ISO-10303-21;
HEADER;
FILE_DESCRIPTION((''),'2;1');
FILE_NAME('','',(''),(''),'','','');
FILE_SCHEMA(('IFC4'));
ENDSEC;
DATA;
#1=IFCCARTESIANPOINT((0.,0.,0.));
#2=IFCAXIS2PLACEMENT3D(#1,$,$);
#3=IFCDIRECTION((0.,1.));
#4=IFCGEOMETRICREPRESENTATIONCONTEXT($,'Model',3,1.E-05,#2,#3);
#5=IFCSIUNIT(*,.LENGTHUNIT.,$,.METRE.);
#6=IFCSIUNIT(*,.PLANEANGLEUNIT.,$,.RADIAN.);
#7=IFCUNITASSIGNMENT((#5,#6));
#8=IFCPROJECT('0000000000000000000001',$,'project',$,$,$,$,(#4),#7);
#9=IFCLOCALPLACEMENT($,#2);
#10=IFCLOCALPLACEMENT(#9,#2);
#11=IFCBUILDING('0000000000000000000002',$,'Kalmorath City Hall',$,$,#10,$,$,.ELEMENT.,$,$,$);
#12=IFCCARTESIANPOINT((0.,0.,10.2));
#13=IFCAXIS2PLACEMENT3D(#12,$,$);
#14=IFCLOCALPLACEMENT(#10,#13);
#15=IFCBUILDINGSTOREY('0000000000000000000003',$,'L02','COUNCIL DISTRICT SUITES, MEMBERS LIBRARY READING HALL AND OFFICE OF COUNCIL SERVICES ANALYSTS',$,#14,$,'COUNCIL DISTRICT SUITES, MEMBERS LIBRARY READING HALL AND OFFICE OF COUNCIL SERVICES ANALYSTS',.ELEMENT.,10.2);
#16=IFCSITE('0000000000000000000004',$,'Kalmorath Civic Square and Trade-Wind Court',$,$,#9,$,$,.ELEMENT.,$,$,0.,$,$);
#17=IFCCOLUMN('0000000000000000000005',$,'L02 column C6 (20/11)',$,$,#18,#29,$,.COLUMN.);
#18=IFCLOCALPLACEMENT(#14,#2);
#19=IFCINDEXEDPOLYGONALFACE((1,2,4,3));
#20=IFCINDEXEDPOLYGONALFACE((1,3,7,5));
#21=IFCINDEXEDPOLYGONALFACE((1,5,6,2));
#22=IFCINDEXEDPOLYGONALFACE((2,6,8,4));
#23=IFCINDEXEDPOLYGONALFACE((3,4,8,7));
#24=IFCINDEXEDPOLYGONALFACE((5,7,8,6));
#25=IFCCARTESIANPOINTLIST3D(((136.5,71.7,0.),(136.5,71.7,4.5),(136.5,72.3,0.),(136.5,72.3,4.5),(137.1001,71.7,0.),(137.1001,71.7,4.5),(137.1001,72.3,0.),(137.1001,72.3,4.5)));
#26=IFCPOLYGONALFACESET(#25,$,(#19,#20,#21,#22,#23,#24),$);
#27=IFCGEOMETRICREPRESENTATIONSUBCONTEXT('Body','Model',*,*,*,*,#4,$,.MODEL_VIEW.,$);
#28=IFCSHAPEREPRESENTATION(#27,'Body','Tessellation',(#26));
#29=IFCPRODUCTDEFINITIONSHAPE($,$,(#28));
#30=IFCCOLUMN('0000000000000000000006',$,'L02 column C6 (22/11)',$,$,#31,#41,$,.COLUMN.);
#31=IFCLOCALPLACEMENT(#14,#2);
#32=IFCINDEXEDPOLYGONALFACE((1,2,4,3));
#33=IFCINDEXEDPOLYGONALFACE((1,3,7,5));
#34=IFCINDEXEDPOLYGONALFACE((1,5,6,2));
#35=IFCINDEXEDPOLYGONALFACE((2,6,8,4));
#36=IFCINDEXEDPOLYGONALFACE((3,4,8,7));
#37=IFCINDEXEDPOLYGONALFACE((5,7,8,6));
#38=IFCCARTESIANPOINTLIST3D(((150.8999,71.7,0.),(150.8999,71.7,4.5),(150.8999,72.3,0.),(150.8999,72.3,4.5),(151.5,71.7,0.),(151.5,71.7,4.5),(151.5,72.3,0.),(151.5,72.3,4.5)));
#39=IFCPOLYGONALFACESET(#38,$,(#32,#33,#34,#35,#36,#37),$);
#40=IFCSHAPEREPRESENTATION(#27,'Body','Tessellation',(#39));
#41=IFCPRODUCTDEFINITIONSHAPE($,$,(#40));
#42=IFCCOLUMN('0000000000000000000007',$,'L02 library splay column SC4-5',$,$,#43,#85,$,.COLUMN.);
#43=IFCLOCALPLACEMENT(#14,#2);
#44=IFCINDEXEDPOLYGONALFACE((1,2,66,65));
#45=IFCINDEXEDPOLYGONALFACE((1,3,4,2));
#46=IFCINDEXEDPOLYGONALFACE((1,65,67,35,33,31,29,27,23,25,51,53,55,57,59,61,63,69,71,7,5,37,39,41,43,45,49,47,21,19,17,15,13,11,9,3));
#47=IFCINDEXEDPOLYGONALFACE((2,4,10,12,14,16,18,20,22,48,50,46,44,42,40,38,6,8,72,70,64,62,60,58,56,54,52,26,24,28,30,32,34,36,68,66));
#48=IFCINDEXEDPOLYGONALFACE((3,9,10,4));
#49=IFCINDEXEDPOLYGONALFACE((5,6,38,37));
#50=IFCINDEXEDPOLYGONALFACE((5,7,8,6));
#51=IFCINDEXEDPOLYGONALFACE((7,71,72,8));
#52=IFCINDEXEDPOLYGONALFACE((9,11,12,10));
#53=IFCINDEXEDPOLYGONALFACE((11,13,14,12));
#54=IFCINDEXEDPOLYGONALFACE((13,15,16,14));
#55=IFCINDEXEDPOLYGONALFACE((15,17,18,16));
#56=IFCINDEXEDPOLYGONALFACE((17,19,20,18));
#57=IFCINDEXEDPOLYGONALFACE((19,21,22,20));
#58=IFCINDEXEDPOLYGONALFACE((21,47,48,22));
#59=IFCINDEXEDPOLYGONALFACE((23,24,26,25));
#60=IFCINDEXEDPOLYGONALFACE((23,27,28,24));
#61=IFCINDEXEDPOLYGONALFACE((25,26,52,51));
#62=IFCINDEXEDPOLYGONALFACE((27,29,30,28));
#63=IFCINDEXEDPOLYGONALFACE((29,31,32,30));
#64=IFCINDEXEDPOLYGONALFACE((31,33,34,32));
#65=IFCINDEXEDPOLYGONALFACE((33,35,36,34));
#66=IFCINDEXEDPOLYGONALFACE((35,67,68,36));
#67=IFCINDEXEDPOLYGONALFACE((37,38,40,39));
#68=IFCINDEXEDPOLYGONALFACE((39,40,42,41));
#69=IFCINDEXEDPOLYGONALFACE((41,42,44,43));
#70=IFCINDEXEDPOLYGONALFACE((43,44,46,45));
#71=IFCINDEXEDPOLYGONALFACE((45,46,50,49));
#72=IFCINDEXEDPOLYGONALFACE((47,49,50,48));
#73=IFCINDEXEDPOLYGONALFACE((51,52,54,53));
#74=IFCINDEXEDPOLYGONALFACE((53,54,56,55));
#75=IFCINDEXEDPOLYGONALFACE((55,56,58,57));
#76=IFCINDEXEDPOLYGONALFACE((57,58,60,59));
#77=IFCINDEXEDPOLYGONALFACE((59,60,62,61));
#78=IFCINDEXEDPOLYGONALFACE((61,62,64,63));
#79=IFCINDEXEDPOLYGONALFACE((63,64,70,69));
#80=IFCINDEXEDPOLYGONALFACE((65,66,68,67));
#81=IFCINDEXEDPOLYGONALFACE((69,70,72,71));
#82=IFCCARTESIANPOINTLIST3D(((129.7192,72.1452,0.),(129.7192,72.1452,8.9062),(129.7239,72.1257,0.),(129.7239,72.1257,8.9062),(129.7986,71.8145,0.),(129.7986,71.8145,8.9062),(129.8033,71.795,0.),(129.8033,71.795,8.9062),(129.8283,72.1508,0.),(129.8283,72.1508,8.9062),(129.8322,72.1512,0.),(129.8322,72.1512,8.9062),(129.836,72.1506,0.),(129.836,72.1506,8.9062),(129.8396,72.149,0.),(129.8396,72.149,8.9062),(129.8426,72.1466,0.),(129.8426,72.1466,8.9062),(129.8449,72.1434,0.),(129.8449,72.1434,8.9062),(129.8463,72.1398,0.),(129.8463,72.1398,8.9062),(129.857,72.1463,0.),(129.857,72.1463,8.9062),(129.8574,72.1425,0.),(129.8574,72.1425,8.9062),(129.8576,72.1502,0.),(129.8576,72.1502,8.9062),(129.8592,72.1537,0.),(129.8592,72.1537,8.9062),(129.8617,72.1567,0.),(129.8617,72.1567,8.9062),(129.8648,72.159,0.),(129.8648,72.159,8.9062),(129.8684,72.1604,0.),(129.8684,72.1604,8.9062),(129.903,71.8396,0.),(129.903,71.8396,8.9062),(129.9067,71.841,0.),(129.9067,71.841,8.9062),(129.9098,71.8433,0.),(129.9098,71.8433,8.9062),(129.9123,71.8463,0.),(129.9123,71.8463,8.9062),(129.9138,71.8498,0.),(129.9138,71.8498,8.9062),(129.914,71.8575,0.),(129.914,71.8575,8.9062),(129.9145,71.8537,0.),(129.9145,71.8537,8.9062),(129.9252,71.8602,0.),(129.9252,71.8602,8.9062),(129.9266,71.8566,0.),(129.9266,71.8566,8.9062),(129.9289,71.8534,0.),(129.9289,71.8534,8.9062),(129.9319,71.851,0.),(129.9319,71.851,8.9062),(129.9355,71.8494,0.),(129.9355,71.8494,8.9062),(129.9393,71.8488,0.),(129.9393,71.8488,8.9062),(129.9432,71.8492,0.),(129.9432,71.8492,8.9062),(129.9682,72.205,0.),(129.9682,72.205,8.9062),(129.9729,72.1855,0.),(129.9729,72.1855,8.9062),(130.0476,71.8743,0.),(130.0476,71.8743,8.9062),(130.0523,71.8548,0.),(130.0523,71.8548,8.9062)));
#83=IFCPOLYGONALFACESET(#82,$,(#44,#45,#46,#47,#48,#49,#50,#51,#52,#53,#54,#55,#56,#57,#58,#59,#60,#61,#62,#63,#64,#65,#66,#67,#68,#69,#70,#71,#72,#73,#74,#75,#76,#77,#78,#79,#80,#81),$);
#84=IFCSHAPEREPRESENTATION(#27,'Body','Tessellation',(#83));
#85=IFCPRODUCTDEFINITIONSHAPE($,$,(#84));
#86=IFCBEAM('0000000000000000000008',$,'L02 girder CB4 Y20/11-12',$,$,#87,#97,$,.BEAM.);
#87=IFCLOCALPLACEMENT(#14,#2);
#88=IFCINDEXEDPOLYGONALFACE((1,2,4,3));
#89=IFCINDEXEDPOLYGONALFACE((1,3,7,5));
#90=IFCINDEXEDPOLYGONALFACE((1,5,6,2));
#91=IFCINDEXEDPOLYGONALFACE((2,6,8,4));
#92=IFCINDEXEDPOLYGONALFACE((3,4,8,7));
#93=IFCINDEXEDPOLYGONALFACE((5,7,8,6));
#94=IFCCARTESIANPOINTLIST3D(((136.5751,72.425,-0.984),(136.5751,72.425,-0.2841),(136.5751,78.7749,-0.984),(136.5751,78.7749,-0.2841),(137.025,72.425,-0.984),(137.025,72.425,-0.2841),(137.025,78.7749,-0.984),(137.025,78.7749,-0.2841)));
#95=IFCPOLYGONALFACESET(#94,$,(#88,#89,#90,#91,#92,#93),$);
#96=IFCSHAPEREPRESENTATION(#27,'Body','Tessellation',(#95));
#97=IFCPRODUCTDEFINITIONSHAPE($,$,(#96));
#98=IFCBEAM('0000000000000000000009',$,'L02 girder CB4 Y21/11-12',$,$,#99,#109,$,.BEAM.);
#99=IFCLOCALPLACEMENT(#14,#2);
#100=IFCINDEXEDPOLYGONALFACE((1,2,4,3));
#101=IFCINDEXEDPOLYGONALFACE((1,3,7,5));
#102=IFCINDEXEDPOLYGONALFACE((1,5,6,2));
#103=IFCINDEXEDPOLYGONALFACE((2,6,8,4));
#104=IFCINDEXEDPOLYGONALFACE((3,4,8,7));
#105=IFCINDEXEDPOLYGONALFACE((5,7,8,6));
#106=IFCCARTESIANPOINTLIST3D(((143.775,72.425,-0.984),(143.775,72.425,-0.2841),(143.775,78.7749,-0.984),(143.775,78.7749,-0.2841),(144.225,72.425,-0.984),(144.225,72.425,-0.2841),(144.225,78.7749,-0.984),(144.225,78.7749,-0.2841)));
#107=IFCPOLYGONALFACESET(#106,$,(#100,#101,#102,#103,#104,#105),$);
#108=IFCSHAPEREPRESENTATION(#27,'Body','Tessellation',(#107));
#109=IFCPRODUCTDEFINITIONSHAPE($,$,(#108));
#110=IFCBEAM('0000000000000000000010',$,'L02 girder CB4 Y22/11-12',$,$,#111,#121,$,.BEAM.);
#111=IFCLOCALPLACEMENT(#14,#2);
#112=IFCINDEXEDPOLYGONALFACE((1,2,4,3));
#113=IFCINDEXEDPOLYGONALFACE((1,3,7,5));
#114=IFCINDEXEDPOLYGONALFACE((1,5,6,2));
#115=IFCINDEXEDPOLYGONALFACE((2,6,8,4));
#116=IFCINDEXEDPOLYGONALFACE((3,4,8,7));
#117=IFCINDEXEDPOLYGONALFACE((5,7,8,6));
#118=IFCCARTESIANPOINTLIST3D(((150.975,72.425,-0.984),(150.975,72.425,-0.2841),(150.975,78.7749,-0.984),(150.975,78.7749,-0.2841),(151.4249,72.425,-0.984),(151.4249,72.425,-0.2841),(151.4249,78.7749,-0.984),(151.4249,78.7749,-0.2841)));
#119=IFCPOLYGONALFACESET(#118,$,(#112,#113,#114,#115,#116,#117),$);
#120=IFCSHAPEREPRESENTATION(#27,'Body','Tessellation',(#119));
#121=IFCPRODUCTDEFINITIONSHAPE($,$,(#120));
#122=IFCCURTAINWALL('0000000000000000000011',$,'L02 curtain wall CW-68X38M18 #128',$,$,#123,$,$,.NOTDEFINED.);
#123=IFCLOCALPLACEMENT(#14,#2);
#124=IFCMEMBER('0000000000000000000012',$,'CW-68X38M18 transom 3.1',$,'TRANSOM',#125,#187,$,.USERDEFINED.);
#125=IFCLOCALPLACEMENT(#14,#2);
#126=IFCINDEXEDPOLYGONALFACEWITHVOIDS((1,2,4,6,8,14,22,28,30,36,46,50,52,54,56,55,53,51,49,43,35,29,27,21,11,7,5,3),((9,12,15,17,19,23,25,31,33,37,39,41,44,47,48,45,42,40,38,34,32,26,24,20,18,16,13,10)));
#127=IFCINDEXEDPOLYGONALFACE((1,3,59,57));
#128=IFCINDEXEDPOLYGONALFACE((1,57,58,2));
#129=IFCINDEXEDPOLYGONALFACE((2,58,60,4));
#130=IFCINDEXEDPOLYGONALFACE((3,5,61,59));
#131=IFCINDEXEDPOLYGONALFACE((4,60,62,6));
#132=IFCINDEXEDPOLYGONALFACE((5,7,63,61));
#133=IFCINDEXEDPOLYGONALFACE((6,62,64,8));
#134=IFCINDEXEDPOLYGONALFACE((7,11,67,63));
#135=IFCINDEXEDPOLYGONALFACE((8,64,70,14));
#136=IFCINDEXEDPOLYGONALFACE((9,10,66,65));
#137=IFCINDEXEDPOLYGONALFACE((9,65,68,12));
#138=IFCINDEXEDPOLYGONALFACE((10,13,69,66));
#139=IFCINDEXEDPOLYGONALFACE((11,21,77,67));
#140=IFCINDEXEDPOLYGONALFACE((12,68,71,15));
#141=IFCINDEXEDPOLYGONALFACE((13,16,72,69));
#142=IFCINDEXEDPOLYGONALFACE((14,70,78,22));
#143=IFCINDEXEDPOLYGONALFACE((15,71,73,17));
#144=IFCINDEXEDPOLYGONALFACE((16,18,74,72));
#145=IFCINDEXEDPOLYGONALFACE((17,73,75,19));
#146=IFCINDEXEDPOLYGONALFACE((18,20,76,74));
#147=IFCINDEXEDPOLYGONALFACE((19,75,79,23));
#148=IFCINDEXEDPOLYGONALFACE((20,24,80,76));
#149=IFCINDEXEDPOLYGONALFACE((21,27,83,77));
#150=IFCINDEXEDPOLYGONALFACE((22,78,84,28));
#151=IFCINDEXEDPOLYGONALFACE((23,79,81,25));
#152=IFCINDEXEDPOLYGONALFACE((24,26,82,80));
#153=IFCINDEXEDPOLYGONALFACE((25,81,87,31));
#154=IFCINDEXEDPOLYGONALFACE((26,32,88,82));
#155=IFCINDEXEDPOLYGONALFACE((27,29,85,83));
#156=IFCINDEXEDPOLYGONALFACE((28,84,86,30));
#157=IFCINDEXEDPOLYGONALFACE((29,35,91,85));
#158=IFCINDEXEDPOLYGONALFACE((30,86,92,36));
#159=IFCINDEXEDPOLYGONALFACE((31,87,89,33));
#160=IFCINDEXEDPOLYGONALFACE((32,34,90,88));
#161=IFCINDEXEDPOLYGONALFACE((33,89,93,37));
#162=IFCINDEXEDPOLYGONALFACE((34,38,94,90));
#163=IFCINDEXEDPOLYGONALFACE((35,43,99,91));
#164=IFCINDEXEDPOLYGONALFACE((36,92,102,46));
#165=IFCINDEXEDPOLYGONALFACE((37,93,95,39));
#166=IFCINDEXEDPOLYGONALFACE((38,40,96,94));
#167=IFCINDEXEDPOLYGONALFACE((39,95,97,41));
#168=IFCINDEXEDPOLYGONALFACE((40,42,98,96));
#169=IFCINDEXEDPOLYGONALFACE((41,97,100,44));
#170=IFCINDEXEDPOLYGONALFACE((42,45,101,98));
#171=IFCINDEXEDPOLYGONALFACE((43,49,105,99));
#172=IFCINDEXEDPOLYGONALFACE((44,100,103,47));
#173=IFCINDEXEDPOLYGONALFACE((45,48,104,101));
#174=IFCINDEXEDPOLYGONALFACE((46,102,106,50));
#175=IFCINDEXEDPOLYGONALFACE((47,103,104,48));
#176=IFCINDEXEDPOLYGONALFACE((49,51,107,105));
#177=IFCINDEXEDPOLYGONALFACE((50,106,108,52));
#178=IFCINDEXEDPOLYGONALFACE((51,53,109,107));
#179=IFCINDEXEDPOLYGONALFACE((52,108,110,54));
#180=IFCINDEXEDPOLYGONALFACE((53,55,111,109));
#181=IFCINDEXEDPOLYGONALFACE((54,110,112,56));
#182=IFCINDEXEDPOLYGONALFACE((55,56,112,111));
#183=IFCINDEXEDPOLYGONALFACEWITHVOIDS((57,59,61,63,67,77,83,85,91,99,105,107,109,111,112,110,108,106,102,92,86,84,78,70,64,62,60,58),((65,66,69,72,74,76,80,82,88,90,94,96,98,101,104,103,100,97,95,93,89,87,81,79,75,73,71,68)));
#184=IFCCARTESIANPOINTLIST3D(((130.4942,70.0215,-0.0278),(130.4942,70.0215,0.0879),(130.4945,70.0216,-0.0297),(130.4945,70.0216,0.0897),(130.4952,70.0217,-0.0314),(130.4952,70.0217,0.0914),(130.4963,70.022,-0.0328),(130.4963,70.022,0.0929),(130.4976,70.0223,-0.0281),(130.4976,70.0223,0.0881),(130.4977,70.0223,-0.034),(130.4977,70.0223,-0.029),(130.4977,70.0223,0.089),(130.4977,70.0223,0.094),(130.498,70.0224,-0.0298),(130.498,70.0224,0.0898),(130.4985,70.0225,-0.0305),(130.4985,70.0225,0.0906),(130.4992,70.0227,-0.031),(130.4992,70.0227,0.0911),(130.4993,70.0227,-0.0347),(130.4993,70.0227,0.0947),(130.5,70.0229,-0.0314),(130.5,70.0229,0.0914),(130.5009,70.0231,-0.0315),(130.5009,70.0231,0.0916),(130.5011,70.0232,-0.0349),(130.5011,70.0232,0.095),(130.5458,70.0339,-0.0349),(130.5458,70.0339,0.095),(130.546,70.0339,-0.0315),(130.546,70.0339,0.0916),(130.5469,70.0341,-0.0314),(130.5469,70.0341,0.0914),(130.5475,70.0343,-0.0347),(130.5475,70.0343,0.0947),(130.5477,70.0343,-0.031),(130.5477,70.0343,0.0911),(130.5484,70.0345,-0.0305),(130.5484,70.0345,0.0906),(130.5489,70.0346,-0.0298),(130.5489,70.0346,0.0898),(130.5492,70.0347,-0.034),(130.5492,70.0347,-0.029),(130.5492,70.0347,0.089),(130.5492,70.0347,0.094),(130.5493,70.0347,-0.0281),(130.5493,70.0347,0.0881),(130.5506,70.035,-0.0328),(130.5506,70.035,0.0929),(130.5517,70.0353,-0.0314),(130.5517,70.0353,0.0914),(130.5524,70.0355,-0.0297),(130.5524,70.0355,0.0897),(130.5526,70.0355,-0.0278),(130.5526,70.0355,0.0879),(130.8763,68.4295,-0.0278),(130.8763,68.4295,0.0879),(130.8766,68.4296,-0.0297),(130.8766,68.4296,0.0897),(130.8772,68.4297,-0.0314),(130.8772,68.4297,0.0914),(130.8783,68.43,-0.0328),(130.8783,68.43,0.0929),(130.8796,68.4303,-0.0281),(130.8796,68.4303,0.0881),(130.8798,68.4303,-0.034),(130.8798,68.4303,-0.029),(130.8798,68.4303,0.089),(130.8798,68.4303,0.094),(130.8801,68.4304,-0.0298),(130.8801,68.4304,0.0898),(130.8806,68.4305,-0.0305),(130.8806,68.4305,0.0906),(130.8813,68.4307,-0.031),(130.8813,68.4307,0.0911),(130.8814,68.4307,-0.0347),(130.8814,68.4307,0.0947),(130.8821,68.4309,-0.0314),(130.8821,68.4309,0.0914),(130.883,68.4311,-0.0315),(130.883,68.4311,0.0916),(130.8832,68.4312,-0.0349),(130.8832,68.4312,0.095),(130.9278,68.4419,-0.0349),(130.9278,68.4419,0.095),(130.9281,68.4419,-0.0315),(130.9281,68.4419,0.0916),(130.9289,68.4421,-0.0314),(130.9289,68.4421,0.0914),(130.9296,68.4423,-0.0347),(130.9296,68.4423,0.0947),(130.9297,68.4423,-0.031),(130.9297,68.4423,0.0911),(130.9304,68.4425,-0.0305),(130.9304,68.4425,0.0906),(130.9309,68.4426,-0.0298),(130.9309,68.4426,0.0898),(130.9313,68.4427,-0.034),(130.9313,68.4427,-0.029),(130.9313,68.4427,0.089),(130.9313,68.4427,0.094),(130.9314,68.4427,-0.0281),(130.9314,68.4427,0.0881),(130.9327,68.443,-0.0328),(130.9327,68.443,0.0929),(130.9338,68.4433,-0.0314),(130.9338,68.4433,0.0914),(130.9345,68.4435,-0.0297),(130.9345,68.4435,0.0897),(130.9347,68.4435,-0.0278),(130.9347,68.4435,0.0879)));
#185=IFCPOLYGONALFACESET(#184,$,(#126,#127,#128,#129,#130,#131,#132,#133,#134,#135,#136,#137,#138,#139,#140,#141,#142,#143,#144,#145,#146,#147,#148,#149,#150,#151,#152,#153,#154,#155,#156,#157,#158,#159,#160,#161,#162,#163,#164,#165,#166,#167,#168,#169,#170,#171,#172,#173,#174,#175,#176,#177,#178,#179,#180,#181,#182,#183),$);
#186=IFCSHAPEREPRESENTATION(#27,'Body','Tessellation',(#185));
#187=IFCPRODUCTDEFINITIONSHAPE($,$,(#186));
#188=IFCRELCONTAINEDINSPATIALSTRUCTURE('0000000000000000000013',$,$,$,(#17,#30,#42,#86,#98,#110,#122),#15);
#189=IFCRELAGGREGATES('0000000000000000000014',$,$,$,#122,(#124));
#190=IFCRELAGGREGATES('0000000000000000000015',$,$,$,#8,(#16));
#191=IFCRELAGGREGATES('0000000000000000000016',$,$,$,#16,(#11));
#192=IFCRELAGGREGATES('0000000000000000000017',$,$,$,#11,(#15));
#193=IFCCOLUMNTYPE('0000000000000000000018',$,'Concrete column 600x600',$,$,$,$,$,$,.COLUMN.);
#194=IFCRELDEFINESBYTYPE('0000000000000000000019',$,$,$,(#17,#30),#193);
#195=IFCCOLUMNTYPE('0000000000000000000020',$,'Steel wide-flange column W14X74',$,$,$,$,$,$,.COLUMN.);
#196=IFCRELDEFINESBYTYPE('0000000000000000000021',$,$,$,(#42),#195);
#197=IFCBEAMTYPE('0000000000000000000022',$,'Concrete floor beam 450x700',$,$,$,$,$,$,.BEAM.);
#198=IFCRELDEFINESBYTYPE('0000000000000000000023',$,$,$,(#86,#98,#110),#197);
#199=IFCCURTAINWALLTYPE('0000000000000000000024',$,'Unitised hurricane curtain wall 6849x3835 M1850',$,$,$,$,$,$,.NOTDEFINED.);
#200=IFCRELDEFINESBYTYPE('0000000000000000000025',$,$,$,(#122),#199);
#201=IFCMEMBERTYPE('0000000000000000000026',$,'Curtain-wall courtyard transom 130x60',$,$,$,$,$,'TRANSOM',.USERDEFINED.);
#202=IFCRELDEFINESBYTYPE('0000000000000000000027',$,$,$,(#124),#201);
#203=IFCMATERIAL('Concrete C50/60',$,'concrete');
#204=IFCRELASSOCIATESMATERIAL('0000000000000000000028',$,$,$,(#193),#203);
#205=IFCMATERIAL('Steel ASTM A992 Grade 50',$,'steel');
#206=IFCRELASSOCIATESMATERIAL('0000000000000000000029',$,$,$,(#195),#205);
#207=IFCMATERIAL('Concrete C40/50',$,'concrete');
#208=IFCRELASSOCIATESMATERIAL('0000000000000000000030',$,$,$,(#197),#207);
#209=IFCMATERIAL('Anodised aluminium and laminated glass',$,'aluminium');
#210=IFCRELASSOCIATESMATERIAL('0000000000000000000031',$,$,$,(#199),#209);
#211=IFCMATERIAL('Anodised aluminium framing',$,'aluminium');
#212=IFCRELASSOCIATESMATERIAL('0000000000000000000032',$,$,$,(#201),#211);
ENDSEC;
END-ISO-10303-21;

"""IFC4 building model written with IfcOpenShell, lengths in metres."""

from ifc_helpers import new_model, si_unit, direction, frame, origin, origin_2d, place, context, subcontext, project, spatial, rectangle, hollow_rectangle, i_section, extrude, material, material_profile, profile_set, type_object, element, aggregate, save


model = new_model("IFC4")

# Units and contexts
model_context = context("Model", 3, precision=1e-05, world=origin(), true_north=direction((0.0, 1.0)))
body_context = subcontext(model_context, "Body", "Model", "MODEL_VIEW")
ifc_project = project(units=[si_unit("LENGTHUNIT", "METRE"), si_unit("PLANEANGLEUNIT", "RADIAN")], contexts=[model_context])

# Site, building, storey
site_placement = place(None, origin())
site = spatial("IfcSite", under=ifc_project, at=site_placement, Name="Kalmorath Civic Square and Trade-Wind Court", CompositionType="ELEMENT", RefElevation=0.0)
building_placement = place(site_placement, origin())
building = spatial("IfcBuilding", under=site, at=building_placement, Name="Kalmorath City Hall", CompositionType="ELEMENT")
storey_placement = place(building_placement, frame((0.0, 0.0, 10.2)))
storey = spatial("IfcBuildingStorey", under=building, at=storey_placement, Name="L02", Description="COUNCIL DISTRICT SUITES, MEMBERS LIBRARY READING HALL AND OFFICE OF COUNCIL SERVICES ANALYSTS", LongName="COUNCIL DISTRICT SUITES, MEMBERS LIBRARY READING HALL AND OFFICE OF COUNCIL SERVICES ANALYSTS", CompositionType="ELEMENT", Elevation=10.2)

# Columns
ifc_material_1 = material(Name="Concrete C50/60", Category="concrete")
ifc_material_profile_1 = material_profile(ifc_material_1, rectangle(XDim=0.6001, YDim=0.6001, at=origin_2d()), Name="RC-COL-600X600")
ifc_profile_set_1 = profile_set([ifc_material_profile_1], Name="Concrete C50/60")
column_type_1 = type_object("IfcColumnType", Name="Concrete column 600x600", PredefinedType="COLUMN", material=ifc_profile_set_1)
for number, where, z_axis, x_axis, name in (
    (1, (136.8, 72.0, 0.0), (0.0, 0.0, 1.0), (1.0, 0.0, 0.0), "L02 column C6 (20/11)"),
    (2, (151.2, 72.0, 0.0), (0.0, 0.0, 1.0), (1.0, 0.0, 0.0), "L02 column C6 (22/11)"),
):
    element("IfcColumn", number, at=place(storey_placement, frame(where, z_axis=z_axis, x_axis=x_axis)), inside=storey, type_object=column_type_1, Name=name, PredefinedType="COLUMN", context=body_context, shape_type="SweptSolid", body=[
        extrude(rectangle(XDim=0.6001, YDim=0.6001, at=origin_2d()), origin(), (0.0, 0.0, 1.0), 4.5),
    ])
ifc_material_2 = material(Name="Steel ASTM A992 Grade 50", Category="steel")
ifc_material_profile_2 = material_profile(ifc_material_2, i_section(OverallWidth=0.2561, OverallDepth=0.3601, WebThickness=0.0115, FlangeThickness=0.02, FilletRadius=0.0149, at=origin_2d()), Name="W14X74")
ifc_profile_set_2 = profile_set([ifc_material_profile_2], Name="Steel ASTM A992 Grade 50")
column_type_2 = type_object("IfcColumnType", Name="Steel wide-flange column W14X74", PredefinedType="COLUMN", material=ifc_profile_set_2)
column_placement = place(storey_placement, frame((129.8857, 72.0, 0.0), z_axis=(0.0, 0.0, 1.0), x_axis=(0.97237, 0.233445, 0.0)))
element("IfcColumn", 3, at=column_placement, inside=storey, type_object=column_type_2, Name="L02 library splay column SC4-5", PredefinedType="COLUMN", context=body_context, shape_type="SweptSolid", body=[
    extrude(i_section(OverallWidth=0.2561, OverallDepth=0.3601, WebThickness=0.0115, FlangeThickness=0.02, FilletRadius=0.0149, at=origin_2d()), origin(), (0.0, 0.0, 1.0), 8.9062),
])

# Beams
ifc_material_3 = material(Name="Concrete C40/50", Category="concrete")
ifc_material_profile_3 = material_profile(ifc_material_3, rectangle(XDim=0.45, YDim=0.7, at=origin_2d()), Name="RC-BM-450X700")
ifc_profile_set_3 = profile_set([ifc_material_profile_3], Name="Concrete C40/50")
beam_type_1 = type_object("IfcBeamType", Name="Concrete floor beam 450x700", PredefinedType="BEAM", material=ifc_profile_set_3)
for number, where, z_axis, x_axis, name in (
    (4, (136.8, 72.425, -0.634), (0.0, 1.0, 0.0), (-1.0, 0.0, 0.0), "L02 girder CB4 Y20/11-12"),
    (5, (144.0, 72.425, -0.634), (0.0, 1.0, 0.0), (-1.0, 0.0, 0.0), "L02 girder CB4 Y21/11-12"),
    (6, (151.2, 72.425, -0.634), (0.0, 1.0, 0.0), (-1.0, 0.0, 0.0), "L02 girder CB4 Y22/11-12"),
):
    element("IfcBeam", number, at=place(storey_placement, frame(where, z_axis=z_axis, x_axis=x_axis)), inside=storey, type_object=beam_type_1, Name=name, PredefinedType="BEAM", context=body_context, shape_type="SweptSolid", body=[
        extrude(rectangle(XDim=0.45, YDim=0.7, at=origin_2d()), origin(), (0.0, 0.0, 1.0), 6.3499),
    ])

# Curtain wall, member
ifc_material_4 = material(Name="Anodised aluminium and laminated glass", Category="aluminium")
curtain_wall_type = type_object("IfcCurtainWallType", Name="Unitised hurricane curtain wall 6849x3835 M1850", PredefinedType="NOTDEFINED", material=ifc_material_4)
curtain_wall_1_placement = place(storey_placement, origin())
curtain_wall_1 = element("IfcCurtainWall", 7, at=curtain_wall_1_placement, inside=storey, type_object=curtain_wall_type, Name="L02 curtain wall CW-68X38M18 #128", PredefinedType="NOTDEFINED")
ifc_material_5 = material(Name="Anodised aluminium framing", Category="aluminium")
ifc_material_profile_4 = material_profile(ifc_material_5, hollow_rectangle(XDim=0.0601, YDim=0.1299, WallThickness=0.0034, InnerFilletRadius=0.0034, OuterFilletRadius=0.0071, at=origin_2d()), Name="ALU-TRN-130X60X3.5")
ifc_profile_set_4 = profile_set([ifc_material_profile_4], Name="Anodised aluminium framing")
member_type_1 = type_object("IfcMemberType", Name="Curtain-wall courtyard transom 130x60", ElementType="TRANSOM", PredefinedType="USERDEFINED", material=ifc_profile_set_4)
member_1_placement = place(storey_placement, frame((130.9055, 68.4365, 0.03), z_axis=(-0.233367, 0.972389, 0.0), x_axis=(-0.972389, -0.233367, 0.0)))
member_1 = element("IfcMember", 8, at=member_1_placement, type_object=member_type_1, Name="CW-68X38M18 transom 3.1", ObjectType="TRANSOM", PredefinedType="USERDEFINED", context=body_context, shape_type="SweptSolid", body=[
    extrude(hollow_rectangle(XDim=0.0601, YDim=0.1299, WallThickness=0.0034, InnerFilletRadius=0.0034, OuterFilletRadius=0.0071, at=origin_2d()), origin(), (0.0, 0.0, 1.0), 1.6372),
])

aggregate(curtain_wall_1, [member_1])

save(model, "model.ifc")
